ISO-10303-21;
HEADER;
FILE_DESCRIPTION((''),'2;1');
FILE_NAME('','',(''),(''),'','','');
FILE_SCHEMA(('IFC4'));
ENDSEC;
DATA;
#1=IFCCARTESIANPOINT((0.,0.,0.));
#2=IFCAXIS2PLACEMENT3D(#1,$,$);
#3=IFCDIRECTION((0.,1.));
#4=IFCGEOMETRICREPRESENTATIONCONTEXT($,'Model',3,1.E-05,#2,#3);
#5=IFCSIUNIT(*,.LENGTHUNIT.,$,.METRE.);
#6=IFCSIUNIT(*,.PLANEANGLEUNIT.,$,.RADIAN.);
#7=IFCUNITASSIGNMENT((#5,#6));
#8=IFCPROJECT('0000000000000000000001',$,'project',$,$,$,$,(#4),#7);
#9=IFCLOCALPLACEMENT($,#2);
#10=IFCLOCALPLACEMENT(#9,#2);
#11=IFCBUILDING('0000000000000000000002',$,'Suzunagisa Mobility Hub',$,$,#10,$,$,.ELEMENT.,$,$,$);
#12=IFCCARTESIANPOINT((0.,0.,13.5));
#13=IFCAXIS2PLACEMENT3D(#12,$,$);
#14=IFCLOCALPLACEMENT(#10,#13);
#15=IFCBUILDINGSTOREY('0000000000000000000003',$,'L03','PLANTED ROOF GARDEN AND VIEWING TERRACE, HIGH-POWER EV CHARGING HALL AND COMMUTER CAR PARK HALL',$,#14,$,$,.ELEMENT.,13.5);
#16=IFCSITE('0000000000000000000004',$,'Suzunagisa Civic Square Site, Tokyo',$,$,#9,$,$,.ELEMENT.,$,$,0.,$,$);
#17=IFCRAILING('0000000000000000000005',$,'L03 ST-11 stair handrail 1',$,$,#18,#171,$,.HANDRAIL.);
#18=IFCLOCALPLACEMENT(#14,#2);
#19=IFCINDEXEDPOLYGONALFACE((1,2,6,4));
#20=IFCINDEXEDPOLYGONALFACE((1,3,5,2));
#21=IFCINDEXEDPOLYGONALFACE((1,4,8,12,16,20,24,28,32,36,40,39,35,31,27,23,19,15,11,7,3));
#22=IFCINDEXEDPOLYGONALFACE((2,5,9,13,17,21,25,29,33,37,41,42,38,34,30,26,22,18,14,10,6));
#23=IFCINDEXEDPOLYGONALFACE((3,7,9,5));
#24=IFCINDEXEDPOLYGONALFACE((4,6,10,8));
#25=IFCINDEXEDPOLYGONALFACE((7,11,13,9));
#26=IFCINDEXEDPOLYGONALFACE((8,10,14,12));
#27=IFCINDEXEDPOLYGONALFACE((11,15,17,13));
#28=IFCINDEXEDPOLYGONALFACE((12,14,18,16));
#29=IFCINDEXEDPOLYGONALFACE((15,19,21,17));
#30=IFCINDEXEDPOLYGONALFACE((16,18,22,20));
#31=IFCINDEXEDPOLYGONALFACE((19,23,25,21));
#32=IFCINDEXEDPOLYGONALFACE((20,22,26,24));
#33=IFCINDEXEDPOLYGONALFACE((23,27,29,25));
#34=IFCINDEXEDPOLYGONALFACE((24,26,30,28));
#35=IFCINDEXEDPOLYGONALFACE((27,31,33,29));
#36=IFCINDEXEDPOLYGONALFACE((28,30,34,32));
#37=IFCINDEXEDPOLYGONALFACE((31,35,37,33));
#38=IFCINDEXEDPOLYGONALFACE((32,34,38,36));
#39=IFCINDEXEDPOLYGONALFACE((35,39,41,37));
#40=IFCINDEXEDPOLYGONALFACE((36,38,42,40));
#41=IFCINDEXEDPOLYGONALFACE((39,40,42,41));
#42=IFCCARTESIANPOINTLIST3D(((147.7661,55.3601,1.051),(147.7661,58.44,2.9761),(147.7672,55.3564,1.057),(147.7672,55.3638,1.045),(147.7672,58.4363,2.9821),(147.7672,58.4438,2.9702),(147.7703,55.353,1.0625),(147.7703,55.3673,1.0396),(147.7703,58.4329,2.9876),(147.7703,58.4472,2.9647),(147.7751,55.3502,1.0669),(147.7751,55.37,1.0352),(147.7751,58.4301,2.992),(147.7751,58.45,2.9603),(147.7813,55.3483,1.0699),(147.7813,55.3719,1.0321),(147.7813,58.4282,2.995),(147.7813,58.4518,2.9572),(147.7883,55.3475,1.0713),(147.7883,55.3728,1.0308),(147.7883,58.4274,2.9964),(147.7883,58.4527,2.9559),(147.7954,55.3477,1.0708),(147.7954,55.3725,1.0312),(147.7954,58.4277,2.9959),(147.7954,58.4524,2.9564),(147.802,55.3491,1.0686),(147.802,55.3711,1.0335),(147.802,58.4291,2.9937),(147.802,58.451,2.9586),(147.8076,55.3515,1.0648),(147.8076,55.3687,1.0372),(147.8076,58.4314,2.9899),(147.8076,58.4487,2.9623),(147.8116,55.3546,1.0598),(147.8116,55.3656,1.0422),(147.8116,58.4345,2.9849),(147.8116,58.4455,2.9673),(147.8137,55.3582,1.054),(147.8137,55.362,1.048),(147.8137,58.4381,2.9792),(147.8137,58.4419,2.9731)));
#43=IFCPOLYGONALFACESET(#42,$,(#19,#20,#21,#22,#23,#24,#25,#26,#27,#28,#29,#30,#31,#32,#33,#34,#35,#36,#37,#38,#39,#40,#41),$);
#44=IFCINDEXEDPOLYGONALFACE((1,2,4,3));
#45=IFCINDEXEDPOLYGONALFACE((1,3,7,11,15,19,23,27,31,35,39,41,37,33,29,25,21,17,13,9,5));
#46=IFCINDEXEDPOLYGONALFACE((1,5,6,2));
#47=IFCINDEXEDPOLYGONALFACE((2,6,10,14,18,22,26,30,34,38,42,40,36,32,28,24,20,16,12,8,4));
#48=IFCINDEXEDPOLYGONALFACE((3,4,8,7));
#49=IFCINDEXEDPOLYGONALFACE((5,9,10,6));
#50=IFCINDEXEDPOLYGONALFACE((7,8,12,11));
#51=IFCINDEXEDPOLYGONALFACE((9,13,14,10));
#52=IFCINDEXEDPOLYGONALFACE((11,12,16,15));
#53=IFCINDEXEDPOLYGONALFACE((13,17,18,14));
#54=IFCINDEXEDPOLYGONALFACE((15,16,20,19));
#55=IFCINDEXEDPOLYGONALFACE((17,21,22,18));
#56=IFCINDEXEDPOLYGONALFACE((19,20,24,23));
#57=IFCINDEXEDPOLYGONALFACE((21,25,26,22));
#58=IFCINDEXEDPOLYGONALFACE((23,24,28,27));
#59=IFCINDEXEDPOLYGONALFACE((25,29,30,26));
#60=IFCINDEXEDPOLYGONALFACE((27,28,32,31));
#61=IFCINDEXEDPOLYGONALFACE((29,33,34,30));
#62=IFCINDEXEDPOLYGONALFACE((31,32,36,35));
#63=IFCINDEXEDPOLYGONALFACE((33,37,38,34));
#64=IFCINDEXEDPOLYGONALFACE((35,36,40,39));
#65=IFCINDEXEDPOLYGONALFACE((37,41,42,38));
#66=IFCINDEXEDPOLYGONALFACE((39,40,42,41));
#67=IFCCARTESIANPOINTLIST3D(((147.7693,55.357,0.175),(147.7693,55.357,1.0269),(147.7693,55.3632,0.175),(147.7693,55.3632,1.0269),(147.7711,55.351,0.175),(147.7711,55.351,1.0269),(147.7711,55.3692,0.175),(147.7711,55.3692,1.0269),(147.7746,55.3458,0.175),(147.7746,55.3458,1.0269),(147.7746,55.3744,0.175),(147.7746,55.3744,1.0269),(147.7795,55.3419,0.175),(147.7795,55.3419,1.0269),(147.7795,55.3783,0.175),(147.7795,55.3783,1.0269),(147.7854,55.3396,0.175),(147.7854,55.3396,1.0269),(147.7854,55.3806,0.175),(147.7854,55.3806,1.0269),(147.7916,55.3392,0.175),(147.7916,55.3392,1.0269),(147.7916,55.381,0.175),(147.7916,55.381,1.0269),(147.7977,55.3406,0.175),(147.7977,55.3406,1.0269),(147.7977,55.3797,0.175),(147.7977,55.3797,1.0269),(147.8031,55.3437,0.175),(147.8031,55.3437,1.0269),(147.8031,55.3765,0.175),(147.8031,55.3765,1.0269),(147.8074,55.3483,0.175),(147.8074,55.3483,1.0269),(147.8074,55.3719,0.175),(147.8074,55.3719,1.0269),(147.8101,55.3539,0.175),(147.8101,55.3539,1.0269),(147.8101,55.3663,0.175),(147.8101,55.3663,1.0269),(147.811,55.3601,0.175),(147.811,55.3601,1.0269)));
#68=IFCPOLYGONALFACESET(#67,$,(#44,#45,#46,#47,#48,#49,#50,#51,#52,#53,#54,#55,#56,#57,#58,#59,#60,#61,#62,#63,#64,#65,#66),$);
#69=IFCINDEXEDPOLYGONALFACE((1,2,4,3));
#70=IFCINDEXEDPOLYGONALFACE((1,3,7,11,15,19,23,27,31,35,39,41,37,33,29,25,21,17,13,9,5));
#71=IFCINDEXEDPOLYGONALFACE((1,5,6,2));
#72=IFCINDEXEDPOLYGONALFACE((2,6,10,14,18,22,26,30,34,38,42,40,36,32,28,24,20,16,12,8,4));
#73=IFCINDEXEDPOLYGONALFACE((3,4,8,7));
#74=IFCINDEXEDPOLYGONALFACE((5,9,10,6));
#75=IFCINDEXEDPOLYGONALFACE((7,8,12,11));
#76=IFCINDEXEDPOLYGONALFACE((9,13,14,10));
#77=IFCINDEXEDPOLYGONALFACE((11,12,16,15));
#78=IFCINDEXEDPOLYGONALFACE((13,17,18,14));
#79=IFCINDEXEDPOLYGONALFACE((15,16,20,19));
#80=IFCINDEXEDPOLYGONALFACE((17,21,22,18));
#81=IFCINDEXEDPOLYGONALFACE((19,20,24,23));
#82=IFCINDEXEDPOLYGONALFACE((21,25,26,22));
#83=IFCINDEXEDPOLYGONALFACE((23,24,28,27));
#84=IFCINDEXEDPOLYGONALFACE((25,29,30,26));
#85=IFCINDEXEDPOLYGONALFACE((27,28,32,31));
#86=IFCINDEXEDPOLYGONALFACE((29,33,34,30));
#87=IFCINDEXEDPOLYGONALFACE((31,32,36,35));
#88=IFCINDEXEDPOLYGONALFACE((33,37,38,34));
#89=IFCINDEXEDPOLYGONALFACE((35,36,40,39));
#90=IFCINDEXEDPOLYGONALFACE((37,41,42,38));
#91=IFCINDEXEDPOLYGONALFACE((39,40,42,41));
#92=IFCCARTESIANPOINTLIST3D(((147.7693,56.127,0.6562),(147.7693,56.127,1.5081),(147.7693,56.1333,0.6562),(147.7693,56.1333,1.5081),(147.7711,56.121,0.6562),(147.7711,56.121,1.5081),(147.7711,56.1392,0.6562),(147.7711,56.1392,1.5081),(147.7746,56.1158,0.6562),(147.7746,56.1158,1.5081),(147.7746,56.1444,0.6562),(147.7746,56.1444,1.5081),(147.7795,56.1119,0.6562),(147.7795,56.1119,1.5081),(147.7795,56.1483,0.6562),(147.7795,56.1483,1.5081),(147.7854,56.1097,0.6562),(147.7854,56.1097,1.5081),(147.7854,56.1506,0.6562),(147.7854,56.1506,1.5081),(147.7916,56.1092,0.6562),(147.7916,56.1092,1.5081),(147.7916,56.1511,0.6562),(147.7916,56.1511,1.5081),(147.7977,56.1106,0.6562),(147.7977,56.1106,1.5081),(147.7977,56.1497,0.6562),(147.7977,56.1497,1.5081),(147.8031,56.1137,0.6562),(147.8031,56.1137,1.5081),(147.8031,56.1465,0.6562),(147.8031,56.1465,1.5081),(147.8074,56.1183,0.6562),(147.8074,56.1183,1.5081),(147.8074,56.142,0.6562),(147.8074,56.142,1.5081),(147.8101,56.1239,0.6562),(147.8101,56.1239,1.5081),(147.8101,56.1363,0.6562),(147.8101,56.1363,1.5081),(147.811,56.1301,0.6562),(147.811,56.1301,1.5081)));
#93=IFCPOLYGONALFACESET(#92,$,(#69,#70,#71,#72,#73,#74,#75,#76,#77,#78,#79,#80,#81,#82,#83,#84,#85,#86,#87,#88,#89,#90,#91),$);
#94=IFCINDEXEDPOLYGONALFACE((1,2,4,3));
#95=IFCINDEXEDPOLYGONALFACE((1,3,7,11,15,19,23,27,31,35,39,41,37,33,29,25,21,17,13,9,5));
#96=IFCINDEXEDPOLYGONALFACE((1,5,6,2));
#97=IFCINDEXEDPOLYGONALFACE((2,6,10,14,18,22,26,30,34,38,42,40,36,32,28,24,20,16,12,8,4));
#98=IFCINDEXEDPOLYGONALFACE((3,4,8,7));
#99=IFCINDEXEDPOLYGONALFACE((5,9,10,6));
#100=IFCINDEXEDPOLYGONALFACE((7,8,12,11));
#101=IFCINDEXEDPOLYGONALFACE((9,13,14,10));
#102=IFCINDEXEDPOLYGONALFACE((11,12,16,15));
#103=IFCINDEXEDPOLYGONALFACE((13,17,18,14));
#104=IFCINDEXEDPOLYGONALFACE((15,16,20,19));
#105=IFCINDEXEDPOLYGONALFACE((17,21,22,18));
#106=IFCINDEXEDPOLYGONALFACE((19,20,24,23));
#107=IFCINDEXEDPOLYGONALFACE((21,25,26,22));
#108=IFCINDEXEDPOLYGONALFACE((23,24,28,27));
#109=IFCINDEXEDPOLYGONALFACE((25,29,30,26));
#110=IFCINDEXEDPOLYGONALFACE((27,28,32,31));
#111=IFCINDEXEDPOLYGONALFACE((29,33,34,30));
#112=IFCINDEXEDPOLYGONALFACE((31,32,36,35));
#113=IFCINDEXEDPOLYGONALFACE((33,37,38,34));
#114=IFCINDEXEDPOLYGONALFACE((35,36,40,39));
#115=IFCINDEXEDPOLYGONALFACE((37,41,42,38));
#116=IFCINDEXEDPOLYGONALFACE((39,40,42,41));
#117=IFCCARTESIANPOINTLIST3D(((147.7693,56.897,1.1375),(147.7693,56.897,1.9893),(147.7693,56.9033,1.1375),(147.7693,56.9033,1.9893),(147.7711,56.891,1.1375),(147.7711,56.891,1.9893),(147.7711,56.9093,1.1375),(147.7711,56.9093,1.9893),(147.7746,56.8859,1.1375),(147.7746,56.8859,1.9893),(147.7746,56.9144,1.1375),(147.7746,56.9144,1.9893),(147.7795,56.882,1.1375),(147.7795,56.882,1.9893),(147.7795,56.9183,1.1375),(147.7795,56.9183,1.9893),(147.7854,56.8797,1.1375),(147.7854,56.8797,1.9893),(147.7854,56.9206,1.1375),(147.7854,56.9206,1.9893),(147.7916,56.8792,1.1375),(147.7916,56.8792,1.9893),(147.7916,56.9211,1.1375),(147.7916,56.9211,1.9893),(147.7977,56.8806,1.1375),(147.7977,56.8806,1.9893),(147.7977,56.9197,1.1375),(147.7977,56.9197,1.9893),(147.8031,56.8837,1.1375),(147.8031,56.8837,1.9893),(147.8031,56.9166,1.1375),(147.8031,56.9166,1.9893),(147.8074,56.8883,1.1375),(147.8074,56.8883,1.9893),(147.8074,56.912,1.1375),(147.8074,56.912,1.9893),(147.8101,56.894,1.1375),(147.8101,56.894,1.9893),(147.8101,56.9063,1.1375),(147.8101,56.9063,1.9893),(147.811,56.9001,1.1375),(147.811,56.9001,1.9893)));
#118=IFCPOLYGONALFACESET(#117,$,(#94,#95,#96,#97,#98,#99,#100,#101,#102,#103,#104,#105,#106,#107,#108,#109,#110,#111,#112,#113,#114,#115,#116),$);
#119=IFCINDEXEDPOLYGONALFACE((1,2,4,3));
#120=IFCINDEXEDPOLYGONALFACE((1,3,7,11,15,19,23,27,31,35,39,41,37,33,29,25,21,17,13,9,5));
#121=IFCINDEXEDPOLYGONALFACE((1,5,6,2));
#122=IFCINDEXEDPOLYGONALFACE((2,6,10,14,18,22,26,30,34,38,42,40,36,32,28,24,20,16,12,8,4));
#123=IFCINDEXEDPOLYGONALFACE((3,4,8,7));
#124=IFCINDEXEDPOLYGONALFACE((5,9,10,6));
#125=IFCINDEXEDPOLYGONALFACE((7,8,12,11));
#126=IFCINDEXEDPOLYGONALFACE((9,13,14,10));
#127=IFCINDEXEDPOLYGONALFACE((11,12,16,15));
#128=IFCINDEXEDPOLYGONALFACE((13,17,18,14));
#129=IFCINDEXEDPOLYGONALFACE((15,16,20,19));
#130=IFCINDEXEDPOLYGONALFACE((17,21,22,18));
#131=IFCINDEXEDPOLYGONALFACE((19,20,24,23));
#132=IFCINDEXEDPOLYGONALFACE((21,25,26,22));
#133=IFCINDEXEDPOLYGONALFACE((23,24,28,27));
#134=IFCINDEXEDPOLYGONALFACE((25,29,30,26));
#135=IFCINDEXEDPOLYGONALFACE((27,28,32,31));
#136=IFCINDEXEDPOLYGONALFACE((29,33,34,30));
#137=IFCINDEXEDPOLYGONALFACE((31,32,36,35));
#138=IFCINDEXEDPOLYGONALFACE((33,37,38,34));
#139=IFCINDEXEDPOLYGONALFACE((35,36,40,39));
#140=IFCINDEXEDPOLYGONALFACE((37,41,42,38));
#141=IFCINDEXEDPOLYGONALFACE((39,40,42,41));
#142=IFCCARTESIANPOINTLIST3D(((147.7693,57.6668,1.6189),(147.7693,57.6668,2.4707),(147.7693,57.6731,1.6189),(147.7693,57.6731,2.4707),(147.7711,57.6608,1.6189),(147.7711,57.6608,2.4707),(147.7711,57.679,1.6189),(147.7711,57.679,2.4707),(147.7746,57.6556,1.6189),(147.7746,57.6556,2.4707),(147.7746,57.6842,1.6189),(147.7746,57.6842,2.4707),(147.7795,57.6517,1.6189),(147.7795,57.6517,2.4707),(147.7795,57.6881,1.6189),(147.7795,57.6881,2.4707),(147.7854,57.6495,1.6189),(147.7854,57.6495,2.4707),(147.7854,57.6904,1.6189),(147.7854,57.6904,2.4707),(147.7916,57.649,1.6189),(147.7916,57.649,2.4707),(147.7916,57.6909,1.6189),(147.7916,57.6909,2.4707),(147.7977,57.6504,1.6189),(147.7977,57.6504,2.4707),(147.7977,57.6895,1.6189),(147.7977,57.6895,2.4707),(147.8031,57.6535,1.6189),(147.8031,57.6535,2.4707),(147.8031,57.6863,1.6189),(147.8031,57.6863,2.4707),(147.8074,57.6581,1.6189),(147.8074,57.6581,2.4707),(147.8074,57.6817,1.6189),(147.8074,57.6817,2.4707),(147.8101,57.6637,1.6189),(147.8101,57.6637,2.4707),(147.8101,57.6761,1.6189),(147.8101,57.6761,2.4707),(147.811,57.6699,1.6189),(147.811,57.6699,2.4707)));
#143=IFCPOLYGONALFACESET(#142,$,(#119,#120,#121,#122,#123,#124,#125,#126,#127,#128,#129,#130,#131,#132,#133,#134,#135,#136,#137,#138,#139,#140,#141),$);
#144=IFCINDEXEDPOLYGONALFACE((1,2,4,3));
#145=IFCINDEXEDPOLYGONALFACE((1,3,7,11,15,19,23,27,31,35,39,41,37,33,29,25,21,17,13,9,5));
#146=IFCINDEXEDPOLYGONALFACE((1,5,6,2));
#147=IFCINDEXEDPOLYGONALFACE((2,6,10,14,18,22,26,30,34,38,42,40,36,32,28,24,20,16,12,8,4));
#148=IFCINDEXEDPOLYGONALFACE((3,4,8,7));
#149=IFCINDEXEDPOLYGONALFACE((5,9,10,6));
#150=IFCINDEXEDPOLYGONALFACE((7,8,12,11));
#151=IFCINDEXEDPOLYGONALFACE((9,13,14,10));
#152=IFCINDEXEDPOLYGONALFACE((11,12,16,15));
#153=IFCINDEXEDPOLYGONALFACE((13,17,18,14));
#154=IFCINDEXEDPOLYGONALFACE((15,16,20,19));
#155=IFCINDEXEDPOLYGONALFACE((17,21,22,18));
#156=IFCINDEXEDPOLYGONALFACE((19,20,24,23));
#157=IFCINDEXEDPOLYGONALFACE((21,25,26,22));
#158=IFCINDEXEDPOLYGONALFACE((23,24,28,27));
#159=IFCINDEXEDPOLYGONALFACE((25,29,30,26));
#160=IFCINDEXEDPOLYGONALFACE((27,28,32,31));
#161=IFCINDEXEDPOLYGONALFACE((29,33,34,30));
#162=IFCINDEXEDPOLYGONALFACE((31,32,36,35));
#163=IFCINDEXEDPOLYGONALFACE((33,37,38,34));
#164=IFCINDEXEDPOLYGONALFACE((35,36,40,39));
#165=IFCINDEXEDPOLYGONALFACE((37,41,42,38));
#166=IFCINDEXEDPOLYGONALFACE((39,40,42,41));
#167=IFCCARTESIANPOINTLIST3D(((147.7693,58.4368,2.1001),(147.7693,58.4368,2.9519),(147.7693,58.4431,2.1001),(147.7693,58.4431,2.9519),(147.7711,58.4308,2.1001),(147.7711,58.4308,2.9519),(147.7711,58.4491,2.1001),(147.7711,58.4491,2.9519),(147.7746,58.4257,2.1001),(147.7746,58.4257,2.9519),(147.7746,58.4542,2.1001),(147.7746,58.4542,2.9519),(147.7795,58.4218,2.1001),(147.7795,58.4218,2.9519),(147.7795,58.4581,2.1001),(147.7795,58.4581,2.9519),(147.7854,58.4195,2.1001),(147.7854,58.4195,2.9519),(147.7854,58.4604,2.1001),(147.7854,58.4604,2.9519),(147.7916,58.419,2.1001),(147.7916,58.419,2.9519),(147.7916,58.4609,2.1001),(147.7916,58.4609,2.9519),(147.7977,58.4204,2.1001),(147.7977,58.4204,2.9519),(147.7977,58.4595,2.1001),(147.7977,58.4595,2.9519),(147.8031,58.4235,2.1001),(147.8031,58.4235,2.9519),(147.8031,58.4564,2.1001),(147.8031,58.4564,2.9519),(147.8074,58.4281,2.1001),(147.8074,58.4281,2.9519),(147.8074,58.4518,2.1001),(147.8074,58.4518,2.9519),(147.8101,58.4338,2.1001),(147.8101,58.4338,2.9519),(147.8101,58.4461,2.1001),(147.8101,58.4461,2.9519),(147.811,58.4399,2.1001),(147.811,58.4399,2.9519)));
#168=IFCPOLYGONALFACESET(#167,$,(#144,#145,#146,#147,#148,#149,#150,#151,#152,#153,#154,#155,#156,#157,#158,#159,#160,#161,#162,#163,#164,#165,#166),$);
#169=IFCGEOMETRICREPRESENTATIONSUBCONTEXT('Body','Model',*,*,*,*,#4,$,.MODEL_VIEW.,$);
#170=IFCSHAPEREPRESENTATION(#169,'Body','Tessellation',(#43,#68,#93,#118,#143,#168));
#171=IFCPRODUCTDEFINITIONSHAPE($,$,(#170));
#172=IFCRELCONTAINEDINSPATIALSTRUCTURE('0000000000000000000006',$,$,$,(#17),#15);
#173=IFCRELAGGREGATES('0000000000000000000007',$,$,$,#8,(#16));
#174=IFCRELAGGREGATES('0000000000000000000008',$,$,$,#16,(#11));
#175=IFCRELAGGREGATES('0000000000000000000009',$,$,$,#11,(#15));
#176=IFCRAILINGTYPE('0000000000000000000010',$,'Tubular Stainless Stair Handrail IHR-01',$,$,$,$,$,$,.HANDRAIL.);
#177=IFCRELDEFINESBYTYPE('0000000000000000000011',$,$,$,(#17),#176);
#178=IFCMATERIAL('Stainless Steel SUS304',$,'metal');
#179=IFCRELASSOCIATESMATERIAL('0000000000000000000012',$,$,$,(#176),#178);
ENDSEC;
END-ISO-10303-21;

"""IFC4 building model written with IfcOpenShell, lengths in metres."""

from ifc_helpers import new_model, si_unit, direction, frame, origin, origin_2d, place, context, subcontext, project, spatial, circle, extrude, material, type_object, element, save


model = new_model("IFC4")

# Units and contexts
model_context = context("Model", 3, precision=1e-05, world=origin(), true_north=direction((0.0, 1.0)))
body_context = subcontext(model_context, "Body", "Model", "MODEL_VIEW")
ifc_project = project(units=[si_unit("LENGTHUNIT", "METRE"), si_unit("PLANEANGLEUNIT", "RADIAN")], contexts=[model_context])

# Site, building, storey
site_placement = place(None, origin())
site = spatial("IfcSite", under=ifc_project, at=site_placement, Name="Suzunagisa Civic Square Site, Tokyo", CompositionType="ELEMENT", RefElevation=0.0)
building_placement = place(site_placement, origin())
building = spatial("IfcBuilding", under=site, at=building_placement, Name="Suzunagisa Mobility Hub", CompositionType="ELEMENT")
storey_placement = place(building_placement, frame((0.0, 0.0, 13.5)))
storey = spatial("IfcBuildingStorey", under=building, at=storey_placement, Name="L03", Description="PLANTED ROOF GARDEN AND VIEWING TERRACE, HIGH-POWER EV CHARGING HALL AND COMMUTER CAR PARK HALL", CompositionType="ELEMENT", Elevation=13.5)

# Railing
ifc_material_1 = material(Name="Stainless Steel SUS304", Category="metal")
railing_type_1 = type_object("IfcRailingType", Name="Tubular Stainless Stair Handrail IHR-01", PredefinedType="HANDRAIL", material=ifc_material_1)
railing_1_placement = place(storey_placement, frame((147.79, 55.3601, 0.175)))
element("IfcRailing", 1, at=railing_1_placement, inside=storey, type_object=railing_type_1, Name="L03 ST-11 stair handrail 1", PredefinedType="HANDRAIL", context=body_context, shape_type="SweptSolid", body=[
    extrude(circle(Radius=0.0239, at=origin_2d()), frame((0.0, 0.0, 0.876), z_axis=(0.0, 0.847979, 0.530029), x_axis=(-1.0, 0.0, 0.0)), (0.0, 0.0, 1.0), 3.6321),
    extrude(circle(Radius=0.021, at=origin_2d()), origin(), (0.0, 0.0, 1.0), 0.8518),
    extrude(circle(Radius=0.021, at=origin_2d()), frame((0.0, 0.77, 0.4812)), (0.0, 0.0, 1.0), 0.8518),
    extrude(circle(Radius=0.021, at=origin_2d()), frame((0.0, 1.54, 0.9624)), (0.0, 0.0, 1.0), 0.8518),
    extrude(circle(Radius=0.021, at=origin_2d()), frame((0.0, 2.3098, 1.4438)), (0.0, 0.0, 1.0), 0.8518),
    extrude(circle(Radius=0.021, at=origin_2d()), frame((0.0, 3.0798, 1.925)), (0.0, 0.0, 1.0), 0.8518),
])

save(model, "model.ifc")
